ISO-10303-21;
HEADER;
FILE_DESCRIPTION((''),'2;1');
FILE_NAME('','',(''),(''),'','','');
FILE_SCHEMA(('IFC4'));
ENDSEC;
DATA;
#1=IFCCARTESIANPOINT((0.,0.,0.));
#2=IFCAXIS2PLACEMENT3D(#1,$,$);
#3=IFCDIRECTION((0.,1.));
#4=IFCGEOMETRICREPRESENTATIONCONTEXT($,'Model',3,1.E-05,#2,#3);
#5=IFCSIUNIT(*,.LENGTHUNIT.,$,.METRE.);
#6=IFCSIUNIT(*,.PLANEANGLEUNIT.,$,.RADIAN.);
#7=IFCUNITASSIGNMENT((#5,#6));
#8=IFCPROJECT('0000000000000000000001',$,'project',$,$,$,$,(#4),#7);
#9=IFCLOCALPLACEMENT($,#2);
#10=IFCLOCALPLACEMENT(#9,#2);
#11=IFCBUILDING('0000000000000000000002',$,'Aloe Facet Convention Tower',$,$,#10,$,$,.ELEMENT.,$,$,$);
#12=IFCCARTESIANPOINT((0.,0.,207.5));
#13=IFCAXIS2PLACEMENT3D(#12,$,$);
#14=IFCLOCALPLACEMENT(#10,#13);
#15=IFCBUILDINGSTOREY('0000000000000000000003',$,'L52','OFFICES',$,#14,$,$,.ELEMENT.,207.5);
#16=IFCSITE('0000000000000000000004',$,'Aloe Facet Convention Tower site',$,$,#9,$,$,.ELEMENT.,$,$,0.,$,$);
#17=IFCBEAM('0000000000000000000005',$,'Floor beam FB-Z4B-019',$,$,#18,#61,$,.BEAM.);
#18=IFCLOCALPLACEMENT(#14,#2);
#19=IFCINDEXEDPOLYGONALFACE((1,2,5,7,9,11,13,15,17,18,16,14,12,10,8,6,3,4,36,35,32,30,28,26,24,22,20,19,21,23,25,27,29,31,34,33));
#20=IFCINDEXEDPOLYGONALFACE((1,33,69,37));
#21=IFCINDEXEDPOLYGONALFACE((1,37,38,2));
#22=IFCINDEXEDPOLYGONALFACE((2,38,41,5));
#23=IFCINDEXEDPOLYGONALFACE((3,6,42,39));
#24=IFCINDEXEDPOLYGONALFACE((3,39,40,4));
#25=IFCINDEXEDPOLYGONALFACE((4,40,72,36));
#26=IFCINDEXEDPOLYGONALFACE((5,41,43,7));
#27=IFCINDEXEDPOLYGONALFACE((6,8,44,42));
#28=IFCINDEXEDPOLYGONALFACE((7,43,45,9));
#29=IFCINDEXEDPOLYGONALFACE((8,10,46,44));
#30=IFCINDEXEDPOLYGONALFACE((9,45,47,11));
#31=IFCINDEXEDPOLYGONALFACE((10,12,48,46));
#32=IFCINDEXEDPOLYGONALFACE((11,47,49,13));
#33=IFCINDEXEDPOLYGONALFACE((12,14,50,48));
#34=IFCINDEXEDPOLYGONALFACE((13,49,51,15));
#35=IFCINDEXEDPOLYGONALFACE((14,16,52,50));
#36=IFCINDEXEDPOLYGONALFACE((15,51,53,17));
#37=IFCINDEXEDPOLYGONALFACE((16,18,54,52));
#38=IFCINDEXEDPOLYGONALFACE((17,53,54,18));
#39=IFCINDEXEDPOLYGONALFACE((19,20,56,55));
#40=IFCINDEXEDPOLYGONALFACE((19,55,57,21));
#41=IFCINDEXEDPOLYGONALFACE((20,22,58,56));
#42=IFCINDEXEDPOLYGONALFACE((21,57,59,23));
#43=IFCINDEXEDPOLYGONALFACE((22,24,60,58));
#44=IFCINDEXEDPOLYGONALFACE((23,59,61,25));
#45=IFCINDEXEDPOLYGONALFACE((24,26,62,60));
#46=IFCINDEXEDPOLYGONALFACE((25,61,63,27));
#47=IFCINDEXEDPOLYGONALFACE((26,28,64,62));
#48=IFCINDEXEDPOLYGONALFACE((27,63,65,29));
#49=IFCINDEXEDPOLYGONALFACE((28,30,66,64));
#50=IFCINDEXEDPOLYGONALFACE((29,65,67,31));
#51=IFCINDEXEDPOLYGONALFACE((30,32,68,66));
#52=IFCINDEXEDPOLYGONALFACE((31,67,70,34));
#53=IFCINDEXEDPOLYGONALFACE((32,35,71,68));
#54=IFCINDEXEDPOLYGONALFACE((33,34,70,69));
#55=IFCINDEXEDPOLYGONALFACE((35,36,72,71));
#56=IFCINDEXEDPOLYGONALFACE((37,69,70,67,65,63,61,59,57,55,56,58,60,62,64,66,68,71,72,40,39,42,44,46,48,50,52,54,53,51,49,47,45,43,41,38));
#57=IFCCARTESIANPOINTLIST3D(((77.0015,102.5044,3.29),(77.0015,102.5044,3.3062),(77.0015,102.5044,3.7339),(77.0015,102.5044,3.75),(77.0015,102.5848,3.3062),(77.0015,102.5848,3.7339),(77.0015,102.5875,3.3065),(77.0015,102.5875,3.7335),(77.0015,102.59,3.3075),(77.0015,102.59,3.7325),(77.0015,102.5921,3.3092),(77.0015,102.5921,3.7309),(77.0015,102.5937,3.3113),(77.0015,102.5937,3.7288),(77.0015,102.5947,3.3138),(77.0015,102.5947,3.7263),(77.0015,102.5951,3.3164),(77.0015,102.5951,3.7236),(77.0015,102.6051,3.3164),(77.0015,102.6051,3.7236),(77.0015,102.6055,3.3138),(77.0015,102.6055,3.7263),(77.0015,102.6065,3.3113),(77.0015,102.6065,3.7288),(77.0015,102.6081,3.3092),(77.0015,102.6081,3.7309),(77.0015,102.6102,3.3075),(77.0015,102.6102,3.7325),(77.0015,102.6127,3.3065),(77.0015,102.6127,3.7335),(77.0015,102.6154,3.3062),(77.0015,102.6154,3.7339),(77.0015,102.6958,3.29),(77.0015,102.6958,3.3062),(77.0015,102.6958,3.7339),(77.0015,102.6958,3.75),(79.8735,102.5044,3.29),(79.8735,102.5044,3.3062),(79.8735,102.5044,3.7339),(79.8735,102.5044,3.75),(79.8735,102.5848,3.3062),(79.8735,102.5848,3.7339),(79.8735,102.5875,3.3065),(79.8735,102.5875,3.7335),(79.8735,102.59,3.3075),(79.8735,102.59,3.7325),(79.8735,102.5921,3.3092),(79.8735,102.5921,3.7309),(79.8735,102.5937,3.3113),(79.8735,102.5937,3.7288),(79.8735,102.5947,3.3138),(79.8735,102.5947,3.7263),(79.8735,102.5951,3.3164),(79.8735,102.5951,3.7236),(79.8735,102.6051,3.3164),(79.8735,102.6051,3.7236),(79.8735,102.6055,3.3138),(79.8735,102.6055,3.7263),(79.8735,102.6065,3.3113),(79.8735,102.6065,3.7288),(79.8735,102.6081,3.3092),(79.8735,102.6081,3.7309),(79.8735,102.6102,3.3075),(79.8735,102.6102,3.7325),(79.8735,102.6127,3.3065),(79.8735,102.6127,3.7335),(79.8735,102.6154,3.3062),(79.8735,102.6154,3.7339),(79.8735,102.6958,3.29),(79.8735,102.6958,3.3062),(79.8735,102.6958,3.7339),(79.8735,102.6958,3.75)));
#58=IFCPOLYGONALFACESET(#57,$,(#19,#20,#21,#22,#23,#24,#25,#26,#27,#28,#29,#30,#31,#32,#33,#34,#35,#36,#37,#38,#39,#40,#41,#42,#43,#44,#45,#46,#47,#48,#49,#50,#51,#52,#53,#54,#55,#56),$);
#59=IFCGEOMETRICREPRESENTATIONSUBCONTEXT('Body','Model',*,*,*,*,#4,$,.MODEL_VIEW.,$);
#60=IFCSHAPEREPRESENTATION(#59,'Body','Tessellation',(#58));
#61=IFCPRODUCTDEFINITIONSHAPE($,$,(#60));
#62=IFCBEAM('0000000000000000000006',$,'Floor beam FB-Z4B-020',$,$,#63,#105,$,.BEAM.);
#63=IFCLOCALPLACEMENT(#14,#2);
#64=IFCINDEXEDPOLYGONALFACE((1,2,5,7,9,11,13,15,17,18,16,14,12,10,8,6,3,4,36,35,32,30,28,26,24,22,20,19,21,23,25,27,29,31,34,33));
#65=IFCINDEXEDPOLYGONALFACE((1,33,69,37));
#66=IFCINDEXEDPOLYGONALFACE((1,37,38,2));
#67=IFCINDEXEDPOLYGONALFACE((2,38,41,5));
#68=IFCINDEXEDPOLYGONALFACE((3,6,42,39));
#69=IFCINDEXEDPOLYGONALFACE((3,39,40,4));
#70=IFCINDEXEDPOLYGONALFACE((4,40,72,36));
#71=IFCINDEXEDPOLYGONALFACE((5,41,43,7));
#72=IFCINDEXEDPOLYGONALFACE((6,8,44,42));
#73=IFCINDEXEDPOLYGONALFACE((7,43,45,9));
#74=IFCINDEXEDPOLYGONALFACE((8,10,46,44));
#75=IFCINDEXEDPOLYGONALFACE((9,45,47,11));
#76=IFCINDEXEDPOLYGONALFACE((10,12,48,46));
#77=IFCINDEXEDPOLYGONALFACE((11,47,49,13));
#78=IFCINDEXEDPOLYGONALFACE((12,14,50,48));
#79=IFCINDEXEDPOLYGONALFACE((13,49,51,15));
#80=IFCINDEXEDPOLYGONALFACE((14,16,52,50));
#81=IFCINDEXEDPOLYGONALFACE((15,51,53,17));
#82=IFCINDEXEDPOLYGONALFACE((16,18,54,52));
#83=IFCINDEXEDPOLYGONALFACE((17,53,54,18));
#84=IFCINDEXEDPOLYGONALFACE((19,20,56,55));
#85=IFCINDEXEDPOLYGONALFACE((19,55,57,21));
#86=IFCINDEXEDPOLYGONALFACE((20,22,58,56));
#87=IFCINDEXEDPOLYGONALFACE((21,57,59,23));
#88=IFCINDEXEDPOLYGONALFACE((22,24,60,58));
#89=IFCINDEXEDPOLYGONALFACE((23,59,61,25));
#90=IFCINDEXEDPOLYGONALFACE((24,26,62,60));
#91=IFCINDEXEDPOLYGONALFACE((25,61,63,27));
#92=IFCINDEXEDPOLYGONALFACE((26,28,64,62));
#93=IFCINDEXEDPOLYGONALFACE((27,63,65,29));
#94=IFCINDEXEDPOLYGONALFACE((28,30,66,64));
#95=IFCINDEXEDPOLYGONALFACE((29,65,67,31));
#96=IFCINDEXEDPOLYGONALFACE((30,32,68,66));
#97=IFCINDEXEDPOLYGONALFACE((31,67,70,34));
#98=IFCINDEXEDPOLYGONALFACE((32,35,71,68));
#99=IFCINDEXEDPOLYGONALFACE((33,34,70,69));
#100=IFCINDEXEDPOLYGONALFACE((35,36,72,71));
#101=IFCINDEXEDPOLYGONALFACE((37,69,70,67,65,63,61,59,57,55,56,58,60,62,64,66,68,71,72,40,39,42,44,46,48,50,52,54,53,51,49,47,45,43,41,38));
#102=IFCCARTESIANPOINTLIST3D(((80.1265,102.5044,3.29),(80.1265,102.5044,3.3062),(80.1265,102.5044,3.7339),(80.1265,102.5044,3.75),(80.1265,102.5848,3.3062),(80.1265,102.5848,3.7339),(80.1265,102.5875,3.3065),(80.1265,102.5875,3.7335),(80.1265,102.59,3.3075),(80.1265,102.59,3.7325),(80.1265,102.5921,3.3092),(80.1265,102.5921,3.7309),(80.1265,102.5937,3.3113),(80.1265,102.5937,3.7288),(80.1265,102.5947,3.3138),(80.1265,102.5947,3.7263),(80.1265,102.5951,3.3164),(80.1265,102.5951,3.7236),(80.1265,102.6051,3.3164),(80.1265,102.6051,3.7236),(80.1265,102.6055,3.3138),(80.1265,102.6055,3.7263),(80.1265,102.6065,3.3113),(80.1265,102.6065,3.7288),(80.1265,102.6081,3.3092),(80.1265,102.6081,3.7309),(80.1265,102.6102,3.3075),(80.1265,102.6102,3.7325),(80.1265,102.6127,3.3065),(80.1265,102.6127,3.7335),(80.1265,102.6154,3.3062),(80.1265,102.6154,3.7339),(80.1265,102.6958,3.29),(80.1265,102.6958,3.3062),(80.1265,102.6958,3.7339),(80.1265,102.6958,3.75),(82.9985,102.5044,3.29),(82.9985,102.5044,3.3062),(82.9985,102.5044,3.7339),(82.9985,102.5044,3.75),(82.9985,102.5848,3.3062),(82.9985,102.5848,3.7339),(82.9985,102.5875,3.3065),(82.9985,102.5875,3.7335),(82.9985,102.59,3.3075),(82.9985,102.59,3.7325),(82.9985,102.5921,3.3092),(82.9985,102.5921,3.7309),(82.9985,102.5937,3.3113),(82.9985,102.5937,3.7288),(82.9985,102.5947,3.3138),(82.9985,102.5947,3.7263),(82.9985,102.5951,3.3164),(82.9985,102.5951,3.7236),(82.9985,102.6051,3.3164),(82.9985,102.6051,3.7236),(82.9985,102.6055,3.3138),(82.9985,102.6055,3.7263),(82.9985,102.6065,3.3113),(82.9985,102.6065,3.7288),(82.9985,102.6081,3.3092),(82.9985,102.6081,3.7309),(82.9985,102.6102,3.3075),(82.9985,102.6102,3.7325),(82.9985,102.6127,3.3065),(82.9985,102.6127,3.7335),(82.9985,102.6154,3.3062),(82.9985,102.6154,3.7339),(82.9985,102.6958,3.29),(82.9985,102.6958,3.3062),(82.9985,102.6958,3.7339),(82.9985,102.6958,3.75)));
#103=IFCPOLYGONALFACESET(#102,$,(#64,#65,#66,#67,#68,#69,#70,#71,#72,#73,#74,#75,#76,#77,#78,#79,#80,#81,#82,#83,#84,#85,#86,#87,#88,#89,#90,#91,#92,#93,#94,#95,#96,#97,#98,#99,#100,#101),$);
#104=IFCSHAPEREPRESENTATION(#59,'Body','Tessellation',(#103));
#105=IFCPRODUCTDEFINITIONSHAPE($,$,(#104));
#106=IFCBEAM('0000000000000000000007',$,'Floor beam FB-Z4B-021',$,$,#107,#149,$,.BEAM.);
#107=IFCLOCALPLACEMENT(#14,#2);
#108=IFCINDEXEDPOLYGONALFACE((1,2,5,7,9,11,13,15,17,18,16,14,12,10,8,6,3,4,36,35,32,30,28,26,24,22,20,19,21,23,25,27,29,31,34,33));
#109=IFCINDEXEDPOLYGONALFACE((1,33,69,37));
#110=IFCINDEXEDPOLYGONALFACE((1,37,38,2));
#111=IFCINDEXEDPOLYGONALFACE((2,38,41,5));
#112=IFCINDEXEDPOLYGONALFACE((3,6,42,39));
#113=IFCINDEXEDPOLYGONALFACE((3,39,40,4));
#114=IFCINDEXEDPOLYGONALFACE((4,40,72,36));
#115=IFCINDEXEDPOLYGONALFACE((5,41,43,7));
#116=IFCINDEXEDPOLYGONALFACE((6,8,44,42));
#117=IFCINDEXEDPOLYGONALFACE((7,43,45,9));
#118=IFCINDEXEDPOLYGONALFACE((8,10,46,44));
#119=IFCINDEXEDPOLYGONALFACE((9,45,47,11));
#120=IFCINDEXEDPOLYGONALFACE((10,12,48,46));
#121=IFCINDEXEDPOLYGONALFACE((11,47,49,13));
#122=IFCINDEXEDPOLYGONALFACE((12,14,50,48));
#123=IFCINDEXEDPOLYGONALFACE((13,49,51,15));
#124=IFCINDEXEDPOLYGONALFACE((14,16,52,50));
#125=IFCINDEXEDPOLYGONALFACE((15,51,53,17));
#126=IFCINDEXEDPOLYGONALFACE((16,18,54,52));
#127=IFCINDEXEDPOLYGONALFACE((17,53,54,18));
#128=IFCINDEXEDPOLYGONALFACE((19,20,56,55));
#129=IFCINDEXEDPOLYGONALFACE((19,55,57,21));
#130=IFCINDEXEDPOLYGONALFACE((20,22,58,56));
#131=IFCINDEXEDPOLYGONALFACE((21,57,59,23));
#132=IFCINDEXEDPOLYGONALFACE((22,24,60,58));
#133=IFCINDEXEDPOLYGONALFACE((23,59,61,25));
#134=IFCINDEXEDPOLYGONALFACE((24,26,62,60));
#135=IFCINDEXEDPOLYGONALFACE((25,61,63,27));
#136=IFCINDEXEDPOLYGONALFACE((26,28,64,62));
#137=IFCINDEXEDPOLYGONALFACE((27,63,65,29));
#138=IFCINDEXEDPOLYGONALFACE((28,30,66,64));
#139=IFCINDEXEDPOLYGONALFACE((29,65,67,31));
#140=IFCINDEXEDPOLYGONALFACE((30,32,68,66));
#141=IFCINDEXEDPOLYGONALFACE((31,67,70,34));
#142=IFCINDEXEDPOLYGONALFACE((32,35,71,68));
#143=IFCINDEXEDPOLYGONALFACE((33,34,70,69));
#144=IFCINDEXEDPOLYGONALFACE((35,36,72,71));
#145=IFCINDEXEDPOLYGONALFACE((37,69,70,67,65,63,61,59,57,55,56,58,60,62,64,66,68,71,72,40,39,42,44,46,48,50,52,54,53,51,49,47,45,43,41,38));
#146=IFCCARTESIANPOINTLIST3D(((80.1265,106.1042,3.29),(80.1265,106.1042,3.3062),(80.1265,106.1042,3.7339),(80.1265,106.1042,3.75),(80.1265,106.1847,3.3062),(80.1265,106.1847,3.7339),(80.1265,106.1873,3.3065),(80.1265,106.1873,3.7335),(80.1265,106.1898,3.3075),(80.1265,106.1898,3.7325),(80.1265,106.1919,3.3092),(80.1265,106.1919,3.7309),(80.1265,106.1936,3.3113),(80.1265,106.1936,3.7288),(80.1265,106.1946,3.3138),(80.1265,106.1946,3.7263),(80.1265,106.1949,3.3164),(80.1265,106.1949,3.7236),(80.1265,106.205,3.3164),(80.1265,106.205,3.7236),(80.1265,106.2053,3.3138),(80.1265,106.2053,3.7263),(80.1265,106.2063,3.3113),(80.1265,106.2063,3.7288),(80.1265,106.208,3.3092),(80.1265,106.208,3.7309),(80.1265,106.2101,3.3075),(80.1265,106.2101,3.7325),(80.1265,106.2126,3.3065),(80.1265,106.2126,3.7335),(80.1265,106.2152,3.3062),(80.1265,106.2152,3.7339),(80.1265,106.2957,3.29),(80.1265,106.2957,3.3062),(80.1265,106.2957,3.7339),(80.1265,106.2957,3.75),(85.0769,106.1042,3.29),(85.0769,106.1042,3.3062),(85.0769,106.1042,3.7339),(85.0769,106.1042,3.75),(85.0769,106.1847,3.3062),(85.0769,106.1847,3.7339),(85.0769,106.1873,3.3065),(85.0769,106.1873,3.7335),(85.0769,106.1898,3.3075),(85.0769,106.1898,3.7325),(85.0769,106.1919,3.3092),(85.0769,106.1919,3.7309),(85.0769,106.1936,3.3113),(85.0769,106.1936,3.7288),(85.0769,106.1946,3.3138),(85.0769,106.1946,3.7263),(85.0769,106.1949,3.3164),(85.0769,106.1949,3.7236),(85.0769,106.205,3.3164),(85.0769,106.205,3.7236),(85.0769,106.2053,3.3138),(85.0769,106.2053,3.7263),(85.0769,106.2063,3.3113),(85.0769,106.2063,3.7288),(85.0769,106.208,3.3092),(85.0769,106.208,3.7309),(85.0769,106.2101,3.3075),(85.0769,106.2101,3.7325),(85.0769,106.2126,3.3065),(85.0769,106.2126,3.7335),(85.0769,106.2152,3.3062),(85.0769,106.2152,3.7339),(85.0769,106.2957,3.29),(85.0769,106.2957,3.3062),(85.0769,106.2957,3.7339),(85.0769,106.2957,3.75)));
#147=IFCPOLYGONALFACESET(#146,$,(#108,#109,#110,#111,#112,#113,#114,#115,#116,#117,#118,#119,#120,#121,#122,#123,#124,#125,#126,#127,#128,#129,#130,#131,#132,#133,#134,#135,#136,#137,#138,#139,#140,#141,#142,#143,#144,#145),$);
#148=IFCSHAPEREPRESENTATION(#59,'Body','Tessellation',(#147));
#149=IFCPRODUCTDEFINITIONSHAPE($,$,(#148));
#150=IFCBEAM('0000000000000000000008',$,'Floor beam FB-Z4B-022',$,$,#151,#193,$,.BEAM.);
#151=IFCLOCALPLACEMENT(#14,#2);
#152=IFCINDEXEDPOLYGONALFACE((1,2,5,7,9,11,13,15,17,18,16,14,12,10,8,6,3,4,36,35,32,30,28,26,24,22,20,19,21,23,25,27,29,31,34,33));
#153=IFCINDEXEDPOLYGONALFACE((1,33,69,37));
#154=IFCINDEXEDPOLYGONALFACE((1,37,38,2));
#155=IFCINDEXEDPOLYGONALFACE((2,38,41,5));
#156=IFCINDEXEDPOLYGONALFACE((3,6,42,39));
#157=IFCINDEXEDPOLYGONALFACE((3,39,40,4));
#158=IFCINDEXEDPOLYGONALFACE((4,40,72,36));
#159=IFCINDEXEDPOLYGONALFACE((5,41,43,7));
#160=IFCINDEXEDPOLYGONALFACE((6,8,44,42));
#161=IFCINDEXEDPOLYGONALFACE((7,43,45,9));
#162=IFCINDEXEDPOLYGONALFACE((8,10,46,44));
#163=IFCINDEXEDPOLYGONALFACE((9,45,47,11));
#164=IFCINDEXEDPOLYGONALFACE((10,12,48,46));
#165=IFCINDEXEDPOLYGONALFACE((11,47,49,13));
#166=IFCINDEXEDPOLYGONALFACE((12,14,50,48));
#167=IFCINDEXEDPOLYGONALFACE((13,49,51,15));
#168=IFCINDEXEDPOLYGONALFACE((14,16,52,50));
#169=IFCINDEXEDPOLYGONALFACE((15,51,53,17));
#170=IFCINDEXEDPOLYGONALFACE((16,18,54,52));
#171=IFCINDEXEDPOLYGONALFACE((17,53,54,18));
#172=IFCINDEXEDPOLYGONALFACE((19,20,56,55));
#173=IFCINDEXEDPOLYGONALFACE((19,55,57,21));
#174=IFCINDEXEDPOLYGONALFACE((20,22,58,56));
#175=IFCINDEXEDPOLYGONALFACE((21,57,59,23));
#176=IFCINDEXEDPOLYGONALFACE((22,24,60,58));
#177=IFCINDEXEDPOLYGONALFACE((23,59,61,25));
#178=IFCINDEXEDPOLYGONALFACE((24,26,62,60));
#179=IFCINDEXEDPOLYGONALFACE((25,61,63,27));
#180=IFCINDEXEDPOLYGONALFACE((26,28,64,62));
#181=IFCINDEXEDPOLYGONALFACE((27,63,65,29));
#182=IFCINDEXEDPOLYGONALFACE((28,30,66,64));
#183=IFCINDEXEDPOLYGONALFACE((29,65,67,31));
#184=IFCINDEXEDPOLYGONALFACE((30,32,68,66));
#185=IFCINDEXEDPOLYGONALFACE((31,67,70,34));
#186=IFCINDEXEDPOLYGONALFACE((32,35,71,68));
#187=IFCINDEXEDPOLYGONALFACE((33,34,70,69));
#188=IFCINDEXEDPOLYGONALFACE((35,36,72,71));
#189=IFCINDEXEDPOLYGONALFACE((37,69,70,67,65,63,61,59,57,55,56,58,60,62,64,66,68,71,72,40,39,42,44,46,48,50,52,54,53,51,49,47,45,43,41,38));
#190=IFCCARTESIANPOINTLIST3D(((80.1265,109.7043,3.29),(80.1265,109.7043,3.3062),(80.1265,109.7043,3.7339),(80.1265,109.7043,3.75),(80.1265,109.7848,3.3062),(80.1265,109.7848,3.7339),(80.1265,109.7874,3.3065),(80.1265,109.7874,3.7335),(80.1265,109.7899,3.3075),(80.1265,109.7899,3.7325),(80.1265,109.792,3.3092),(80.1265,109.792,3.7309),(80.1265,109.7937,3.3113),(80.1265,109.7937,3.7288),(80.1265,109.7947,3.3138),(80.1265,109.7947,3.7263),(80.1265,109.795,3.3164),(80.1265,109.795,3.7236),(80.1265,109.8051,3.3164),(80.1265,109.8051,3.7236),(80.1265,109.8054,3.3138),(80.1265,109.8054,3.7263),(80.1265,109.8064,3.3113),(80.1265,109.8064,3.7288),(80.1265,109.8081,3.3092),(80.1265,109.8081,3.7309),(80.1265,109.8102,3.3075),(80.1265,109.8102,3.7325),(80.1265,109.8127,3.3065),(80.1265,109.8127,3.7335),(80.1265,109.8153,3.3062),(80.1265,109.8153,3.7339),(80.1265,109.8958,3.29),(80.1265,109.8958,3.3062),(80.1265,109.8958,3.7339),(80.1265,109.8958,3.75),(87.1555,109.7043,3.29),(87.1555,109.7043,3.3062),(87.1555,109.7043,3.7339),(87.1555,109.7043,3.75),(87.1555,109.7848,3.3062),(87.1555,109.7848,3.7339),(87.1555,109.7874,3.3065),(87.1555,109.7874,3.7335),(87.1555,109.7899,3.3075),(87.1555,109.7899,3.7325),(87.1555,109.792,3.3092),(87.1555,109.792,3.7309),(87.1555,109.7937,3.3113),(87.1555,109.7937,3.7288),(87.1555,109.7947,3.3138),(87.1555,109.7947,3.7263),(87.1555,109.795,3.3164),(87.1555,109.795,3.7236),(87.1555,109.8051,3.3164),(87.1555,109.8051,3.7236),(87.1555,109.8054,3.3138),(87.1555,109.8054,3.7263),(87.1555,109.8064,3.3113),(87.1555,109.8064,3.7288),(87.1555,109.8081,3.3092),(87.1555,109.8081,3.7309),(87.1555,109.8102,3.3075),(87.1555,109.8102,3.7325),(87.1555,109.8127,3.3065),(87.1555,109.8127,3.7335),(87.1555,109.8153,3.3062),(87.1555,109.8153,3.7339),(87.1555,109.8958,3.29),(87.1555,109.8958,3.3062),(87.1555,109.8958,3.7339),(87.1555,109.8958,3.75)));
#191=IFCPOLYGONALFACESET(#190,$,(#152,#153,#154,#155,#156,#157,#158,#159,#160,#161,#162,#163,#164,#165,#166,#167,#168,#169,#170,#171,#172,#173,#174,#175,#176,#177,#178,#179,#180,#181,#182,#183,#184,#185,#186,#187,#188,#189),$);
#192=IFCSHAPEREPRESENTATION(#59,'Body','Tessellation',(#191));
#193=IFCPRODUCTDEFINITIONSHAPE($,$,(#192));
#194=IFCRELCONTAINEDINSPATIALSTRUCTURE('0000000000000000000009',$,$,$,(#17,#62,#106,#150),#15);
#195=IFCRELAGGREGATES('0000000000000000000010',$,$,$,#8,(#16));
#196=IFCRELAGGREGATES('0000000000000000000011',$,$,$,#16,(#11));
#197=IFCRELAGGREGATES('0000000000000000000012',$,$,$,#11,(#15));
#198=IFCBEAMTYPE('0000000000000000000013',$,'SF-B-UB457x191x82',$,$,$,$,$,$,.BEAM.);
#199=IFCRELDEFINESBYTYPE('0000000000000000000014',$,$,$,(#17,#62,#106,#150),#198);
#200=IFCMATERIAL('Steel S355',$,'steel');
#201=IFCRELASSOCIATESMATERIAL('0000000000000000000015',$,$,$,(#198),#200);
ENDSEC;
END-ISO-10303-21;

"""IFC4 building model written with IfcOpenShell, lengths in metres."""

from ifc_helpers import new_model, si_unit, direction, frame, origin, origin_2d, place, context, subcontext, project, spatial, i_section, extrude, material, material_profile, profile_set, type_object, element, save


model = new_model("IFC4")

# Units and contexts
model_context = context("Model", 3, precision=1e-05, world=origin(), true_north=direction((0.0, 1.0)))
body_context = subcontext(model_context, "Body", "Model", "MODEL_VIEW")
ifc_project = project(units=[si_unit("LENGTHUNIT", "METRE"), si_unit("PLANEANGLEUNIT", "RADIAN")], contexts=[model_context])

# Site, building, storey
site_placement = place(None, origin())
site = spatial("IfcSite", under=ifc_project, at=site_placement, Name="Aloe Facet Convention Tower site", CompositionType="ELEMENT", RefElevation=0.0)
building_placement = place(site_placement, origin())
building = spatial("IfcBuilding", under=site, at=building_placement, Name="Aloe Facet Convention Tower", CompositionType="ELEMENT")
storey_placement = place(building_placement, frame((0.0, 0.0, 207.5)))
storey = spatial("IfcBuildingStorey", under=building, at=storey_placement, Name="L52", Description="OFFICES", CompositionType="ELEMENT", Elevation=207.5)

# Beams
ifc_material_1 = material(Name="Steel S355", Category="steel")
ifc_material_profile_1 = material_profile(ifc_material_1, i_section(OverallWidth=0.1914, OverallDepth=0.46, WebThickness=0.01, FlangeThickness=0.0161, FilletRadius=0.0103, at=origin_2d()), Name="UB 457x191x82")
ifc_profile_set_1 = profile_set([ifc_material_profile_1], Name="Steel S355")
beam_type_1 = type_object("IfcBeamType", Name="SF-B-UB457x191x82", PredefinedType="BEAM", material=ifc_profile_set_1)
for number, where, z_axis, x_axis, name in (
    (1, (77.0015, 102.6001, 3.52), (1.0, 0.0, 0.0), (0.0, 1.0, 0.0), "Floor beam FB-Z4B-019"),
    (2, (80.1265, 102.6001, 3.52), (1.0, 0.0, 0.0), (0.0, 1.0, 0.0), "Floor beam FB-Z4B-020"),
):
    element("IfcBeam", number, at=place(storey_placement, frame(where, z_axis=z_axis, x_axis=x_axis)), inside=storey, type_object=beam_type_1, Name=name, PredefinedType="BEAM", context=body_context, shape_type="SweptSolid", body=[
        extrude(i_section(OverallWidth=0.1914, OverallDepth=0.46, WebThickness=0.01, FlangeThickness=0.0161, FilletRadius=0.0103, at=origin_2d()), origin(), (0.0, 0.0, 1.0), 2.8721),
    ])
beam_1_placement = place(storey_placement, frame((80.1265, 106.2, 3.52), z_axis=(1.0, 0.0, 0.0), x_axis=(0.0, 1.0, 0.0)))
element("IfcBeam", 3, at=beam_1_placement, inside=storey, type_object=beam_type_1, Name="Floor beam FB-Z4B-021", PredefinedType="BEAM", context=body_context, shape_type="SweptSolid", body=[
    extrude(i_section(OverallWidth=0.1914, OverallDepth=0.46, WebThickness=0.01, FlangeThickness=0.0161, FilletRadius=0.0103, at=origin_2d()), origin(), (0.0, 0.0, 1.0), 4.9504),
])
beam_2_placement = place(storey_placement, frame((80.1265, 109.8, 3.52), z_axis=(1.0, 0.0, 0.0), x_axis=(0.0, 1.0, 0.0)))
element("IfcBeam", 4, at=beam_2_placement, inside=storey, type_object=beam_type_1, Name="Floor beam FB-Z4B-022", PredefinedType="BEAM", context=body_context, shape_type="SweptSolid", body=[
    extrude(i_section(OverallWidth=0.1914, OverallDepth=0.46, WebThickness=0.01, FlangeThickness=0.0161, FilletRadius=0.0103, at=origin_2d()), origin(), (0.0, 0.0, 1.0), 7.0291),
])

save(model, "model.ifc")
